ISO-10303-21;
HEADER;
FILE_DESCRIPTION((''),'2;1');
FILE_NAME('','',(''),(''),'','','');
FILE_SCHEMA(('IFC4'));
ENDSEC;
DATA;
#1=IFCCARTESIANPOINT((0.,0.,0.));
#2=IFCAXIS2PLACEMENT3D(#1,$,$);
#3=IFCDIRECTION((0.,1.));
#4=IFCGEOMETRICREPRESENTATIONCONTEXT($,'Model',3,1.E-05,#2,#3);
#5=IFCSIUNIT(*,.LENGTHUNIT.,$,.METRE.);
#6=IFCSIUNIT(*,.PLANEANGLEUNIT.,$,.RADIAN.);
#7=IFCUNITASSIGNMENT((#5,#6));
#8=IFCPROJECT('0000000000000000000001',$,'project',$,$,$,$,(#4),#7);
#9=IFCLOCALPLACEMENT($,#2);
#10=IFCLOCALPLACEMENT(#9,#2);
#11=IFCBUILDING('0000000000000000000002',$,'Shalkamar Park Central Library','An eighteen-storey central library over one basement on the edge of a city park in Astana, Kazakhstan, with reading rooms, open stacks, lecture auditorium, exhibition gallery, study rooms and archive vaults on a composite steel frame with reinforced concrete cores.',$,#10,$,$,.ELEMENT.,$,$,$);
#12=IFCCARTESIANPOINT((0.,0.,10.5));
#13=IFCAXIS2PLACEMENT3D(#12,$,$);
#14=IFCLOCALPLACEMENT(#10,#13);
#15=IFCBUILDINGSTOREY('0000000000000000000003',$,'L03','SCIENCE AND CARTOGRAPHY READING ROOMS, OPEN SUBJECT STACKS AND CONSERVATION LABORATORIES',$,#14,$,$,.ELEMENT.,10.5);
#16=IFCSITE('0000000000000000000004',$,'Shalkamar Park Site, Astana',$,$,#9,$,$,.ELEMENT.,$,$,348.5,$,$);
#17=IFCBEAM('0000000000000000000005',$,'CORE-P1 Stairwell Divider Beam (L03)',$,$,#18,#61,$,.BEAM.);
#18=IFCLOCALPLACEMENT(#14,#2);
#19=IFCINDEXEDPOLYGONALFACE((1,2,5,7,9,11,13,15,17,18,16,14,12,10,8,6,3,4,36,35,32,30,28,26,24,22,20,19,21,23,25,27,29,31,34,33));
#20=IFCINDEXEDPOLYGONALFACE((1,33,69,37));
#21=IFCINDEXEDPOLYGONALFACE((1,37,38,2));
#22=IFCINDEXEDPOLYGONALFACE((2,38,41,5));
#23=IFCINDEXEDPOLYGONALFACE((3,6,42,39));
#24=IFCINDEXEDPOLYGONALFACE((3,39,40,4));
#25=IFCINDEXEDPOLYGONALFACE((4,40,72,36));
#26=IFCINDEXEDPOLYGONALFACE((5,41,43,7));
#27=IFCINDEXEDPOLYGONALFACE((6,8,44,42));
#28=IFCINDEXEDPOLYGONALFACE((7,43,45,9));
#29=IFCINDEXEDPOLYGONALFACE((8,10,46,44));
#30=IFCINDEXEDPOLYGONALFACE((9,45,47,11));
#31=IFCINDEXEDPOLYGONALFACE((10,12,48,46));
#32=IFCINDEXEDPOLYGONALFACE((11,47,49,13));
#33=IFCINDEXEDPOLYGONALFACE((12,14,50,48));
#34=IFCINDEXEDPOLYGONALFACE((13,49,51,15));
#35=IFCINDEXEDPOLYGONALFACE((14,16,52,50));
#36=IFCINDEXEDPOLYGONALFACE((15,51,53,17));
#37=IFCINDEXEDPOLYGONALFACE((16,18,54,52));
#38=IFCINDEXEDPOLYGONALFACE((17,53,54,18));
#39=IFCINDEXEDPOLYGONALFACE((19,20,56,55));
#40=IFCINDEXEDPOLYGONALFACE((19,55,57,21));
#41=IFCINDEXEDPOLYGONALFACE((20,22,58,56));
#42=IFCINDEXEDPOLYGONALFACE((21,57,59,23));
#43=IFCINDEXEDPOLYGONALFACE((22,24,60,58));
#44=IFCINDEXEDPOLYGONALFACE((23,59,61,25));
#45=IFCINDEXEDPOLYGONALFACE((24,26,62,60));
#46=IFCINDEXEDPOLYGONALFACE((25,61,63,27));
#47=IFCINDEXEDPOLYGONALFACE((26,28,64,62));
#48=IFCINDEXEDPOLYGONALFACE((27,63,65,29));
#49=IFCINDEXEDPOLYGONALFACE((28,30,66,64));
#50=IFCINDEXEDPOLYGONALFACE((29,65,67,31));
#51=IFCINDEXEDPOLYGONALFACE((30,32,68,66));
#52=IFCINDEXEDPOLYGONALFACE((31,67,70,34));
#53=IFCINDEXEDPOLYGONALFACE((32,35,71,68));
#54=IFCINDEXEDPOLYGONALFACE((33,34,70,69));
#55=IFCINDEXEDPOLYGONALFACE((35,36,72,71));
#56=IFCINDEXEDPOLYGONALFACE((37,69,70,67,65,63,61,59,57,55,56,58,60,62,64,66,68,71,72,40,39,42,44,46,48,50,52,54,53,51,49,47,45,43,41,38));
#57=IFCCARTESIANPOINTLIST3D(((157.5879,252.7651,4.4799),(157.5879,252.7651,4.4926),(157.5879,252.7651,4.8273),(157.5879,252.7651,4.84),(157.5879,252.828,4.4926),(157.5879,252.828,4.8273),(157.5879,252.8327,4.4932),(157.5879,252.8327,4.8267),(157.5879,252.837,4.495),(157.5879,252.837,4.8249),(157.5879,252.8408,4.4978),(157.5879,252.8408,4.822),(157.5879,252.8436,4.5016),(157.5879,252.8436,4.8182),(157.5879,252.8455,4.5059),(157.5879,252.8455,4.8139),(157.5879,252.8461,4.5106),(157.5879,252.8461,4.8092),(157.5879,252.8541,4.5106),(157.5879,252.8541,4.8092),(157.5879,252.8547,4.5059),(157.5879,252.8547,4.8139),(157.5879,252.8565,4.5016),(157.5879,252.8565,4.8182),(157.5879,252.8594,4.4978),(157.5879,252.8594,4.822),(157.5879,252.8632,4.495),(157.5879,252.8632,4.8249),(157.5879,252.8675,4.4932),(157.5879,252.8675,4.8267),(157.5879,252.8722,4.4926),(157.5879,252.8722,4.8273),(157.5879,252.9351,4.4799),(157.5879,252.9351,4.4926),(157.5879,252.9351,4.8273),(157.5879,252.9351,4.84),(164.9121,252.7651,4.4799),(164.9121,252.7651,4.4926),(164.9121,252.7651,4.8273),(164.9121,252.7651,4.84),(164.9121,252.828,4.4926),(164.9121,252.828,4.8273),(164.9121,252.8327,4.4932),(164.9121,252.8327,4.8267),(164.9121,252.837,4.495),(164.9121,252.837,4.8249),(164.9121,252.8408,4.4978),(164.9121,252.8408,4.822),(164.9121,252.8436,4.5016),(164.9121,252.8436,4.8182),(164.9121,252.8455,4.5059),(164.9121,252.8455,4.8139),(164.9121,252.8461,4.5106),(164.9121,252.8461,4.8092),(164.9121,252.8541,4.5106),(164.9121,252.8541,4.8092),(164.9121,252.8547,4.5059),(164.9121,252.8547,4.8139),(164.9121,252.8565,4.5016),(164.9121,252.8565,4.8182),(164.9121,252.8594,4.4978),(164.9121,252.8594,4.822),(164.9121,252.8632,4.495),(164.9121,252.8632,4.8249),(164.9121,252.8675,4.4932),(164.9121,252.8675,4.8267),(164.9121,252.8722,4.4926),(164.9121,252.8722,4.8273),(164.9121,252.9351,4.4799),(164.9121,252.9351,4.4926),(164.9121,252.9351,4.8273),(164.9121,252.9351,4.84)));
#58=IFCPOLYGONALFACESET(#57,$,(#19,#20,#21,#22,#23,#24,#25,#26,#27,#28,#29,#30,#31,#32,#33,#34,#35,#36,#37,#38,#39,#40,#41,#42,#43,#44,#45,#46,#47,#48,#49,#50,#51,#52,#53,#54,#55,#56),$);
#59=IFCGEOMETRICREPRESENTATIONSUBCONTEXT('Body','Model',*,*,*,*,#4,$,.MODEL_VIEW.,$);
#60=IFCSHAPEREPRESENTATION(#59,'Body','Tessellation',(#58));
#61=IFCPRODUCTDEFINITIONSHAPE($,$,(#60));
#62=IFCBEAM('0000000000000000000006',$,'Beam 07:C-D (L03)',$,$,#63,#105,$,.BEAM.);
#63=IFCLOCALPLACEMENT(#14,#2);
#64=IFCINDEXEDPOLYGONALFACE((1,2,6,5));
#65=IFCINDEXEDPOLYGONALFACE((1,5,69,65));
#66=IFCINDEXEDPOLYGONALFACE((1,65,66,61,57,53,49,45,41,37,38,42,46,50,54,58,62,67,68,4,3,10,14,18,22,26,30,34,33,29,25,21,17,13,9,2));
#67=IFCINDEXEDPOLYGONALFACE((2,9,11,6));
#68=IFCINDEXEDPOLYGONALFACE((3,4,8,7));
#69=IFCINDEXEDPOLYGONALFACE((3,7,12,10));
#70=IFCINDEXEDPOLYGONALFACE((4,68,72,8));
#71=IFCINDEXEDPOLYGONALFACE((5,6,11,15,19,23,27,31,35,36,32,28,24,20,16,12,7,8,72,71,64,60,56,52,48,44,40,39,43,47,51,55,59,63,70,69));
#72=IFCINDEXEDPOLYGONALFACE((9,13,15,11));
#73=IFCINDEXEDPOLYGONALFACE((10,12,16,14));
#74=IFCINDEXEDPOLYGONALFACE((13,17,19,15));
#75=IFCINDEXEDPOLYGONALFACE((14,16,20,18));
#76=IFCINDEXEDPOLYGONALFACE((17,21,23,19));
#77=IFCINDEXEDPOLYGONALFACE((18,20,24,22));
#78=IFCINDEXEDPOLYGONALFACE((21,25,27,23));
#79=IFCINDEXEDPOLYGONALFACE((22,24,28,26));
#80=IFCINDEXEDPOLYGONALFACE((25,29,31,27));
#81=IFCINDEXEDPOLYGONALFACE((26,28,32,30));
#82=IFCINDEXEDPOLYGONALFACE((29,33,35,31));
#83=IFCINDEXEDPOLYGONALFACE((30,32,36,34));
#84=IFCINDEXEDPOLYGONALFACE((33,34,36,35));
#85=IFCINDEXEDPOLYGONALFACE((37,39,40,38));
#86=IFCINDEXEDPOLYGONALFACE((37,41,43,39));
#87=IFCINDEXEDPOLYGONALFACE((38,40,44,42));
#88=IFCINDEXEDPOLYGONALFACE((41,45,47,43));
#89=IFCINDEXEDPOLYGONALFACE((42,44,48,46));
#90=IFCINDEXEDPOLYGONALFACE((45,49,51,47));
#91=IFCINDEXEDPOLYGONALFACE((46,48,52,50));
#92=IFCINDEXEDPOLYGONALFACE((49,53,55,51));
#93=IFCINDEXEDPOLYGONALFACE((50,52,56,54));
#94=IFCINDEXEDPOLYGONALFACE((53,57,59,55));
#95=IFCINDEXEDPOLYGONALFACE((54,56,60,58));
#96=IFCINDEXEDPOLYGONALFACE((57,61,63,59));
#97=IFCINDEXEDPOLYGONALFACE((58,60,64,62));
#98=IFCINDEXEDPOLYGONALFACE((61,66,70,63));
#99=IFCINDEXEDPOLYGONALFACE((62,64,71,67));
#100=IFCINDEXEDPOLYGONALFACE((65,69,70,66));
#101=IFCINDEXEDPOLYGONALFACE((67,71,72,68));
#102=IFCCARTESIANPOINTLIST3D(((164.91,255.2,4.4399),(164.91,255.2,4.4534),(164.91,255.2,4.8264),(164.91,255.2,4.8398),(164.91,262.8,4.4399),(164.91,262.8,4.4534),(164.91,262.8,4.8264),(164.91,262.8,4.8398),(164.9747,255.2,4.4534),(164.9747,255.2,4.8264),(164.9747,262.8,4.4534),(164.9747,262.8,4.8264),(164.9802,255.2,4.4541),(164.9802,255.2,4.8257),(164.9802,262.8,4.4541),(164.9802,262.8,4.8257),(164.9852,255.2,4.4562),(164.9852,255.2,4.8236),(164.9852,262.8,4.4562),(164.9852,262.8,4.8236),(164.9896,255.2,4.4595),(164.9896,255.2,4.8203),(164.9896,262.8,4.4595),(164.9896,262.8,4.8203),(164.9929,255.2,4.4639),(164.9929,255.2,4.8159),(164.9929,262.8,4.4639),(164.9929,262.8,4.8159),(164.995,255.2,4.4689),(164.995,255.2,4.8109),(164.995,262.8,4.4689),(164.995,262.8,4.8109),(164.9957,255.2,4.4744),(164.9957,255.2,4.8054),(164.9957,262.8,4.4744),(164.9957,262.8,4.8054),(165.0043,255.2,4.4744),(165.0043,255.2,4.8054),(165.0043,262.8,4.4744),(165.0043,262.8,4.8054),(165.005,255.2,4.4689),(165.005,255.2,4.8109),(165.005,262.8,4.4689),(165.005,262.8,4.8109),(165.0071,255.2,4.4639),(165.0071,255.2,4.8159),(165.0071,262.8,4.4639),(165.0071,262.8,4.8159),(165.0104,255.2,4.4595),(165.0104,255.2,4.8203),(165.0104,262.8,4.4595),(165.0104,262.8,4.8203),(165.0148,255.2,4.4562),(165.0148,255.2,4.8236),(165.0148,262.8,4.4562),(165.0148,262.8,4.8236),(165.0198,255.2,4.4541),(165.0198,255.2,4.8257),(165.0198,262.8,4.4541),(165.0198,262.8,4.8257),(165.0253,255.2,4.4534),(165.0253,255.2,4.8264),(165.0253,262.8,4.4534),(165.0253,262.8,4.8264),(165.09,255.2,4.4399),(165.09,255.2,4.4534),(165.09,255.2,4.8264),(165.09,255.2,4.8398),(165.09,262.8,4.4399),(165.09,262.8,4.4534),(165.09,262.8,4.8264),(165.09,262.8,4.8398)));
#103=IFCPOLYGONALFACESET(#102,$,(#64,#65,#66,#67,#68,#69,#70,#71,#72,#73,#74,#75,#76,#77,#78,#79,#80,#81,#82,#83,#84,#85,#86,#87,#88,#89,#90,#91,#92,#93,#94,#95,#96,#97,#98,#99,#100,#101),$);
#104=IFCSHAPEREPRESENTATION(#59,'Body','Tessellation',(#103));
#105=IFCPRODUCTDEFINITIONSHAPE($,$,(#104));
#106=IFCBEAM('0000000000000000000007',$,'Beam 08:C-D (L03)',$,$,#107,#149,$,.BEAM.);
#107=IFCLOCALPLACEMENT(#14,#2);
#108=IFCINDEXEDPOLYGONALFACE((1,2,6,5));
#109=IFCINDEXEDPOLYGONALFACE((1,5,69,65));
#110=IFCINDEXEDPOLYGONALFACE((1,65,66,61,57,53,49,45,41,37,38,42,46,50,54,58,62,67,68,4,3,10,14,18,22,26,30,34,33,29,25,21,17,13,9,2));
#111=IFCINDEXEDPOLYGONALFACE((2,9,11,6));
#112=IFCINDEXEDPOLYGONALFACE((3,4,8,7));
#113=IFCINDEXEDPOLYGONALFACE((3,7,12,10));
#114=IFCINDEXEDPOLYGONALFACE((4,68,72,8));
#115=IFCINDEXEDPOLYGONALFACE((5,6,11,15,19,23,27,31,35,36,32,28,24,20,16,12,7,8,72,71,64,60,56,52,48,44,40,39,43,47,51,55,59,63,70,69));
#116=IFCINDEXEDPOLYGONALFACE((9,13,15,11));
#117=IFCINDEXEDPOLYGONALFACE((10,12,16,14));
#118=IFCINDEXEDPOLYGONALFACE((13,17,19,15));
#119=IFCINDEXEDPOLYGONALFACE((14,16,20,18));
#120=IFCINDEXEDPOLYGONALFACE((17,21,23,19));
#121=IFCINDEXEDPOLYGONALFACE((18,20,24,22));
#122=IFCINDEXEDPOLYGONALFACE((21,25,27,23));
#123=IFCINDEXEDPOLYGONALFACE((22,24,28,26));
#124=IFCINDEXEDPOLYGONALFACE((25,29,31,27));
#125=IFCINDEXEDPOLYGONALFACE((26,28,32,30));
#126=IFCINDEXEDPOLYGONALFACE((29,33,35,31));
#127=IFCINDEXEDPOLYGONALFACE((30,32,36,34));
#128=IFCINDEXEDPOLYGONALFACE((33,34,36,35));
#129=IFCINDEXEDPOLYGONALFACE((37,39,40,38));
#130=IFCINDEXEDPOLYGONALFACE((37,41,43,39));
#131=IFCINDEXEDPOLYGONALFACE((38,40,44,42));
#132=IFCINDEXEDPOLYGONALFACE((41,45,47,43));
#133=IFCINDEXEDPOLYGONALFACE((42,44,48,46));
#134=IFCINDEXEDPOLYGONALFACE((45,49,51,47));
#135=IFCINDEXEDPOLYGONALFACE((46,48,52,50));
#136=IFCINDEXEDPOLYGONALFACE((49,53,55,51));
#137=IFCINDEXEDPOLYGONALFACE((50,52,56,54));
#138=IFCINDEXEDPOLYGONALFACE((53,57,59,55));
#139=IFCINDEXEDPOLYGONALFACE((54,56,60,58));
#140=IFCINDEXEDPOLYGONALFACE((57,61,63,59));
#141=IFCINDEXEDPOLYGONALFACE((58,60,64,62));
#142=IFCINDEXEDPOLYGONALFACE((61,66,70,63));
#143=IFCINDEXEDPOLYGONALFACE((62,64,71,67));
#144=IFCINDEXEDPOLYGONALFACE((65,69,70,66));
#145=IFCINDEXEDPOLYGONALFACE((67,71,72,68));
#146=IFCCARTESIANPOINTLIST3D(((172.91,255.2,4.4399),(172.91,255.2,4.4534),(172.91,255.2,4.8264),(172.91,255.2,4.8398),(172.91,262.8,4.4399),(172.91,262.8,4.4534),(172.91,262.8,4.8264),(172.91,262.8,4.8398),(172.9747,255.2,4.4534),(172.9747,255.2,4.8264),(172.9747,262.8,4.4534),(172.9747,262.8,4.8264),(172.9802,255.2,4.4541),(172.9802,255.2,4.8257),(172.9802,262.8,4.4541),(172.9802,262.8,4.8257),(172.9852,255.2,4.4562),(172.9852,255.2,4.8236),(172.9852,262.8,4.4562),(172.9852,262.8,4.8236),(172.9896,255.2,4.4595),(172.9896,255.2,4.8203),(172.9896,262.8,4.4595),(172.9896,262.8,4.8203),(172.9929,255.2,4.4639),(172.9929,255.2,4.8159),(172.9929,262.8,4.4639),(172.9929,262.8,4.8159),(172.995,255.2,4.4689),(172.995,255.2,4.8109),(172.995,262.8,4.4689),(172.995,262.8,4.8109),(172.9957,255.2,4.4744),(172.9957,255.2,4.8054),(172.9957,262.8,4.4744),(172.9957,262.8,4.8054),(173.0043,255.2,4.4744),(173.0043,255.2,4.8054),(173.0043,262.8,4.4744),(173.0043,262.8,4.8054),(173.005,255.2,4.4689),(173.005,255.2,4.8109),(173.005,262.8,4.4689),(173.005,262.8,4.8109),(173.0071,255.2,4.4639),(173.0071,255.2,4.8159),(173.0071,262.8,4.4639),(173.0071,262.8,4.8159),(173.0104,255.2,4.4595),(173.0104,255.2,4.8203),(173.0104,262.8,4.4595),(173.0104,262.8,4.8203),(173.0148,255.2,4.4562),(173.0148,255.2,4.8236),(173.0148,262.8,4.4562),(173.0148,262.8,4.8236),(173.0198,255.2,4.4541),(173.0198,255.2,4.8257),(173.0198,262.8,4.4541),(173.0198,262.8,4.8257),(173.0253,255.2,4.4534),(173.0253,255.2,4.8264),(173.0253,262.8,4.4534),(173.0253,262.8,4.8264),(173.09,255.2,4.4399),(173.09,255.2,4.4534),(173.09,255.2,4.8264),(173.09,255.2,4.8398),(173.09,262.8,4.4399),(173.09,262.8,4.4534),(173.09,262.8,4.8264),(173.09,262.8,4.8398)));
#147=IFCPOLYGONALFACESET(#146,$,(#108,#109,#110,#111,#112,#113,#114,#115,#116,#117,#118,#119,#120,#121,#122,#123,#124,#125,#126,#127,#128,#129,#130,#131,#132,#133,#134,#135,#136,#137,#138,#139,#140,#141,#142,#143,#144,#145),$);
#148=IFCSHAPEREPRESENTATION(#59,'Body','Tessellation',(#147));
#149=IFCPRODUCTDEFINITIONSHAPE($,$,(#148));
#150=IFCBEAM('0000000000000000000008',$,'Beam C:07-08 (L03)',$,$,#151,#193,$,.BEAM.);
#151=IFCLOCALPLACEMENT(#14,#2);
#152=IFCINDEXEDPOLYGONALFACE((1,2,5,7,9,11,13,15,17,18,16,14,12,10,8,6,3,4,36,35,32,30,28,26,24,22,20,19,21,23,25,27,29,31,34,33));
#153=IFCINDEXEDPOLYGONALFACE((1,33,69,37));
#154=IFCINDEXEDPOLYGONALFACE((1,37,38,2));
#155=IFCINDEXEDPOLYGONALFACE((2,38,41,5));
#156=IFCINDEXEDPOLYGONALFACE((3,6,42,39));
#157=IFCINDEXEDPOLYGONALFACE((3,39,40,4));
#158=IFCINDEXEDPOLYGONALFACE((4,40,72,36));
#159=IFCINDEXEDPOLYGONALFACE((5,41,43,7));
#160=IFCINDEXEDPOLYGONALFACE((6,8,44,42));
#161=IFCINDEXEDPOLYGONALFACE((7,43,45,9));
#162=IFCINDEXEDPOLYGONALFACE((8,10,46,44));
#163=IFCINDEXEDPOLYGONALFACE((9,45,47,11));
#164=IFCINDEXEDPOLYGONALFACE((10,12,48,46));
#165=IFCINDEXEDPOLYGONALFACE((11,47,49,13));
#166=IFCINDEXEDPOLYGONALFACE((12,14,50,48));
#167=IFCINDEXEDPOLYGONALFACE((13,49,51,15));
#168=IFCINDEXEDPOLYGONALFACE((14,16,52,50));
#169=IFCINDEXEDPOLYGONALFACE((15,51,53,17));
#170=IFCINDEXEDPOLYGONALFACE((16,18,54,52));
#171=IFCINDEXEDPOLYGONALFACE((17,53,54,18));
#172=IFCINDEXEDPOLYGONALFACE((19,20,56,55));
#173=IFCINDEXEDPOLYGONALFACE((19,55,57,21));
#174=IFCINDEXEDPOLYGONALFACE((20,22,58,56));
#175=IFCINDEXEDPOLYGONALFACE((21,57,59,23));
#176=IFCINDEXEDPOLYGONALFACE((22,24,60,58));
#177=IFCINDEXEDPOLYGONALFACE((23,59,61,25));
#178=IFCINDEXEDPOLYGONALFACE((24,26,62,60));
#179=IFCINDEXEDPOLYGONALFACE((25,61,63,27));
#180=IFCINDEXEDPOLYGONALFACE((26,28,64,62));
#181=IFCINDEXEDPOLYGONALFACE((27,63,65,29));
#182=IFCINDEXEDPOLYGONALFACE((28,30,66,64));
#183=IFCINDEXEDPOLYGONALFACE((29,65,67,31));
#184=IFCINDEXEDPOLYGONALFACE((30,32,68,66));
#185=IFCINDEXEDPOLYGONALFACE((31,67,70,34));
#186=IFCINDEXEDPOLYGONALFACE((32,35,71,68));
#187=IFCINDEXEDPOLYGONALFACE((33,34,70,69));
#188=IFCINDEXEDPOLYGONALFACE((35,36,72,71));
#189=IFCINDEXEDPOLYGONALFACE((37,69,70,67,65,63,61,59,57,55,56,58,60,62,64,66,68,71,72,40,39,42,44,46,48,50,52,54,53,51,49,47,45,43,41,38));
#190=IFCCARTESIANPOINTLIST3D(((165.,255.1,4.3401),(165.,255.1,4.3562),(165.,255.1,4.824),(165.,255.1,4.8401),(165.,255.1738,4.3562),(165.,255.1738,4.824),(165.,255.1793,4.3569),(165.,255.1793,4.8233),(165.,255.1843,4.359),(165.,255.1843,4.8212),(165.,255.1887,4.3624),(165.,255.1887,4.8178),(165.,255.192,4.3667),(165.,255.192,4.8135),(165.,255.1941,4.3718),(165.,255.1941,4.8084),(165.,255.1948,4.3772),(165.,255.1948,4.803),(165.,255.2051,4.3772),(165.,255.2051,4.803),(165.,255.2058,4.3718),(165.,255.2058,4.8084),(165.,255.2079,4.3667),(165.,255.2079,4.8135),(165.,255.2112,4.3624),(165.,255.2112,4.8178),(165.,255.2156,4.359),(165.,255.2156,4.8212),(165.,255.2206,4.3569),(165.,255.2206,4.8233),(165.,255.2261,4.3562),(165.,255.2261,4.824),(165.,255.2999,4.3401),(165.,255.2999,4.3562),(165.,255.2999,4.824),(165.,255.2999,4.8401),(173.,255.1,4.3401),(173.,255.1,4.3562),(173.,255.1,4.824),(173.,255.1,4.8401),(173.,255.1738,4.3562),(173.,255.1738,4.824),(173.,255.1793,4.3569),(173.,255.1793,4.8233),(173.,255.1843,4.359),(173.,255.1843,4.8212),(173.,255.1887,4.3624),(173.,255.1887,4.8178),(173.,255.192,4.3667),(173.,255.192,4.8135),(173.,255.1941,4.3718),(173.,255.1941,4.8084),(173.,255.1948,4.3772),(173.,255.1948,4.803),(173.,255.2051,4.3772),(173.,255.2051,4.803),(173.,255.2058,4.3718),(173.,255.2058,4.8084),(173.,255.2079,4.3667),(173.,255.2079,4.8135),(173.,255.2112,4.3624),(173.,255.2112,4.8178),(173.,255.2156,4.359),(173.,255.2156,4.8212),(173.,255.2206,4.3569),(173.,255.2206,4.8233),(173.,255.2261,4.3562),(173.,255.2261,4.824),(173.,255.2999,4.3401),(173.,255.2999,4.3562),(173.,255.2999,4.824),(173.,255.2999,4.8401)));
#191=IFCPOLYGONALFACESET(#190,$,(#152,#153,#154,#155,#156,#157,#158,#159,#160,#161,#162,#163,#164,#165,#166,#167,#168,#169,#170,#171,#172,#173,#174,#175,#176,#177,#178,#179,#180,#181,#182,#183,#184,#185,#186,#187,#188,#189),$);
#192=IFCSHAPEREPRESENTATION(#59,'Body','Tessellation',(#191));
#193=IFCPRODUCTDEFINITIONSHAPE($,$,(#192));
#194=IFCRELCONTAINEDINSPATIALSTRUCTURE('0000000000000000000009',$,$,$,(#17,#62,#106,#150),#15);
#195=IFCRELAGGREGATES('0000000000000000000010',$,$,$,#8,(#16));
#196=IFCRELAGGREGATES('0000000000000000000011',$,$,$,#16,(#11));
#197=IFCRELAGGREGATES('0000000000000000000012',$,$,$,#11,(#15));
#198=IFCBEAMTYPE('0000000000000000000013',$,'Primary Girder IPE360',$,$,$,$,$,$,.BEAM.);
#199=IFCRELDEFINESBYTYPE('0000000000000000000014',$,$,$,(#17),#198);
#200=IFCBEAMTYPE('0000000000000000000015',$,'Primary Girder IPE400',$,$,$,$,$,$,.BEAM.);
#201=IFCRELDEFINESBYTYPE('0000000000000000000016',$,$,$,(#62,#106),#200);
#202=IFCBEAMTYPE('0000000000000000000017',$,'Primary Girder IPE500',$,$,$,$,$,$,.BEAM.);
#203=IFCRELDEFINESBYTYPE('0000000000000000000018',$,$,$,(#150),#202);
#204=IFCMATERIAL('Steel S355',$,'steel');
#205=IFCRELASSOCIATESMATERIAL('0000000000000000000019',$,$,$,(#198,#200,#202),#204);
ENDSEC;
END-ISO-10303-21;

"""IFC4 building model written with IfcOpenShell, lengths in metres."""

from ifc_helpers import new_model, si_unit, direction, frame, origin, origin_2d, place, context, subcontext, project, spatial, i_section, extrude, material, material_profile, profile_set, type_object, element, save


model = new_model("IFC4")

# Units and contexts
model_context = context("Model", 3, precision=1e-05, world=origin(), true_north=direction((0.0, 1.0)))
body_context = subcontext(model_context, "Body", "Model", "MODEL_VIEW")
ifc_project = project(units=[si_unit("LENGTHUNIT", "METRE"), si_unit("PLANEANGLEUNIT", "RADIAN")], contexts=[model_context])

# Site, building, storey
site_placement = place(None, origin())
site = spatial("IfcSite", under=ifc_project, at=site_placement, Name="Shalkamar Park Site, Astana", CompositionType="ELEMENT", RefElevation=348.5)
building_placement = place(site_placement, origin())
building = spatial("IfcBuilding", under=site, at=building_placement, Name="Shalkamar Park Central Library", Description="An eighteen-storey central library over one basement on the edge of a city park in Astana, Kazakhstan, with reading rooms, open stacks, lecture auditorium, exhibition gallery, study rooms and archive vaults on a composite steel frame with reinforced concrete cores.", CompositionType="ELEMENT")
storey_placement = place(building_placement, frame((0.0, 0.0, 10.5)))
storey = spatial("IfcBuildingStorey", under=building, at=storey_placement, Name="L03", Description="SCIENCE AND CARTOGRAPHY READING ROOMS, OPEN SUBJECT STACKS AND CONSERVATION LABORATORIES", CompositionType="ELEMENT", Elevation=10.5)

# Shared definitions
ifc_material_1 = material(Name="Steel S355", Category="steel")

# Beams
ifc_material_profile_1 = material_profile(ifc_material_1, i_section(OverallWidth=0.1699, OverallDepth=0.3601, WebThickness=0.0081, FlangeThickness=0.0127, FilletRadius=0.0181, at=origin_2d()), Name="IPE 360")
ifc_profile_set_1 = profile_set([ifc_material_profile_1], Name="Steel S355")
beam_type_1 = type_object("IfcBeamType", Name="Primary Girder IPE360", PredefinedType="BEAM", material=ifc_profile_set_1)
beam_1_placement = place(storey_placement, frame((157.5879, 252.8501, 4.6599), z_axis=(1.0, 0.0, 0.0), x_axis=(0.0, 1.0, 0.0)))
element("IfcBeam", 1, at=beam_1_placement, inside=storey, type_object=beam_type_1, Name="CORE-P1 Stairwell Divider Beam (L03)", PredefinedType="BEAM", context=body_context, shape_type="SweptSolid", body=[
    extrude(i_section(OverallWidth=0.1699, OverallDepth=0.3601, WebThickness=0.0081, FlangeThickness=0.0127, FilletRadius=0.0181, at=origin_2d()), origin(), (0.0, 0.0, 1.0), 7.3242),
])
ifc_material_profile_2 = material_profile(ifc_material_1, i_section(OverallWidth=0.1799, OverallDepth=0.3999, WebThickness=0.0085, FlangeThickness=0.0134, FilletRadius=0.021, at=origin_2d()), Name="IPE 400")
ifc_profile_set_2 = profile_set([ifc_material_profile_2], Name="Steel S355")
beam_type_2 = type_object("IfcBeamType", Name="Primary Girder IPE400", PredefinedType="BEAM", material=ifc_profile_set_2)
for number, where, z_axis, x_axis, name in (
    (2, (165.0, 255.2, 4.6399), (0.0, 1.0, 0.0), (-1.0, 0.0, 0.0), "Beam 07:C-D (L03)"),
    (3, (173.0, 255.2, 4.6399), (0.0, 1.0, 0.0), (-1.0, 0.0, 0.0), "Beam 08:C-D (L03)"),
):
    element("IfcBeam", number, at=place(storey_placement, frame(where, z_axis=z_axis, x_axis=x_axis)), inside=storey, type_object=beam_type_2, Name=name, PredefinedType="BEAM", context=body_context, shape_type="SweptSolid", body=[
        extrude(i_section(OverallWidth=0.1799, OverallDepth=0.3999, WebThickness=0.0085, FlangeThickness=0.0134, FilletRadius=0.021, at=origin_2d()), origin(), (0.0, 0.0, 1.0), 7.6001),
    ])
ifc_material_profile_3 = material_profile(ifc_material_1, i_section(OverallWidth=0.2, OverallDepth=0.5, WebThickness=0.0103, FlangeThickness=0.0161, FilletRadius=0.021, at=origin_2d()), Name="IPE 500")
ifc_profile_set_3 = profile_set([ifc_material_profile_3], Name="Steel S355")
beam_type_3 = type_object("IfcBeamType", Name="Primary Girder IPE500", PredefinedType="BEAM", material=ifc_profile_set_3)
for number, where, z_axis, x_axis, name in (
    (4, (165.0, 255.2, 4.5901), (1.0, 0.0, 0.0), (0.0, 1.0, 0.0), "Beam C:07-08 (L03)"),
):
    element("IfcBeam", number, at=place(storey_placement, frame(where, z_axis=z_axis, x_axis=x_axis)), inside=storey, type_object=beam_type_3, Name=name, PredefinedType="BEAM", context=body_context, shape_type="SweptSolid", body=[
        extrude(i_section(OverallWidth=0.2, OverallDepth=0.5, WebThickness=0.0103, FlangeThickness=0.0161, FilletRadius=0.021, at=origin_2d()), origin(), (0.0, 0.0, 1.0), 8.0),
    ])

save(model, "model.ifc")
